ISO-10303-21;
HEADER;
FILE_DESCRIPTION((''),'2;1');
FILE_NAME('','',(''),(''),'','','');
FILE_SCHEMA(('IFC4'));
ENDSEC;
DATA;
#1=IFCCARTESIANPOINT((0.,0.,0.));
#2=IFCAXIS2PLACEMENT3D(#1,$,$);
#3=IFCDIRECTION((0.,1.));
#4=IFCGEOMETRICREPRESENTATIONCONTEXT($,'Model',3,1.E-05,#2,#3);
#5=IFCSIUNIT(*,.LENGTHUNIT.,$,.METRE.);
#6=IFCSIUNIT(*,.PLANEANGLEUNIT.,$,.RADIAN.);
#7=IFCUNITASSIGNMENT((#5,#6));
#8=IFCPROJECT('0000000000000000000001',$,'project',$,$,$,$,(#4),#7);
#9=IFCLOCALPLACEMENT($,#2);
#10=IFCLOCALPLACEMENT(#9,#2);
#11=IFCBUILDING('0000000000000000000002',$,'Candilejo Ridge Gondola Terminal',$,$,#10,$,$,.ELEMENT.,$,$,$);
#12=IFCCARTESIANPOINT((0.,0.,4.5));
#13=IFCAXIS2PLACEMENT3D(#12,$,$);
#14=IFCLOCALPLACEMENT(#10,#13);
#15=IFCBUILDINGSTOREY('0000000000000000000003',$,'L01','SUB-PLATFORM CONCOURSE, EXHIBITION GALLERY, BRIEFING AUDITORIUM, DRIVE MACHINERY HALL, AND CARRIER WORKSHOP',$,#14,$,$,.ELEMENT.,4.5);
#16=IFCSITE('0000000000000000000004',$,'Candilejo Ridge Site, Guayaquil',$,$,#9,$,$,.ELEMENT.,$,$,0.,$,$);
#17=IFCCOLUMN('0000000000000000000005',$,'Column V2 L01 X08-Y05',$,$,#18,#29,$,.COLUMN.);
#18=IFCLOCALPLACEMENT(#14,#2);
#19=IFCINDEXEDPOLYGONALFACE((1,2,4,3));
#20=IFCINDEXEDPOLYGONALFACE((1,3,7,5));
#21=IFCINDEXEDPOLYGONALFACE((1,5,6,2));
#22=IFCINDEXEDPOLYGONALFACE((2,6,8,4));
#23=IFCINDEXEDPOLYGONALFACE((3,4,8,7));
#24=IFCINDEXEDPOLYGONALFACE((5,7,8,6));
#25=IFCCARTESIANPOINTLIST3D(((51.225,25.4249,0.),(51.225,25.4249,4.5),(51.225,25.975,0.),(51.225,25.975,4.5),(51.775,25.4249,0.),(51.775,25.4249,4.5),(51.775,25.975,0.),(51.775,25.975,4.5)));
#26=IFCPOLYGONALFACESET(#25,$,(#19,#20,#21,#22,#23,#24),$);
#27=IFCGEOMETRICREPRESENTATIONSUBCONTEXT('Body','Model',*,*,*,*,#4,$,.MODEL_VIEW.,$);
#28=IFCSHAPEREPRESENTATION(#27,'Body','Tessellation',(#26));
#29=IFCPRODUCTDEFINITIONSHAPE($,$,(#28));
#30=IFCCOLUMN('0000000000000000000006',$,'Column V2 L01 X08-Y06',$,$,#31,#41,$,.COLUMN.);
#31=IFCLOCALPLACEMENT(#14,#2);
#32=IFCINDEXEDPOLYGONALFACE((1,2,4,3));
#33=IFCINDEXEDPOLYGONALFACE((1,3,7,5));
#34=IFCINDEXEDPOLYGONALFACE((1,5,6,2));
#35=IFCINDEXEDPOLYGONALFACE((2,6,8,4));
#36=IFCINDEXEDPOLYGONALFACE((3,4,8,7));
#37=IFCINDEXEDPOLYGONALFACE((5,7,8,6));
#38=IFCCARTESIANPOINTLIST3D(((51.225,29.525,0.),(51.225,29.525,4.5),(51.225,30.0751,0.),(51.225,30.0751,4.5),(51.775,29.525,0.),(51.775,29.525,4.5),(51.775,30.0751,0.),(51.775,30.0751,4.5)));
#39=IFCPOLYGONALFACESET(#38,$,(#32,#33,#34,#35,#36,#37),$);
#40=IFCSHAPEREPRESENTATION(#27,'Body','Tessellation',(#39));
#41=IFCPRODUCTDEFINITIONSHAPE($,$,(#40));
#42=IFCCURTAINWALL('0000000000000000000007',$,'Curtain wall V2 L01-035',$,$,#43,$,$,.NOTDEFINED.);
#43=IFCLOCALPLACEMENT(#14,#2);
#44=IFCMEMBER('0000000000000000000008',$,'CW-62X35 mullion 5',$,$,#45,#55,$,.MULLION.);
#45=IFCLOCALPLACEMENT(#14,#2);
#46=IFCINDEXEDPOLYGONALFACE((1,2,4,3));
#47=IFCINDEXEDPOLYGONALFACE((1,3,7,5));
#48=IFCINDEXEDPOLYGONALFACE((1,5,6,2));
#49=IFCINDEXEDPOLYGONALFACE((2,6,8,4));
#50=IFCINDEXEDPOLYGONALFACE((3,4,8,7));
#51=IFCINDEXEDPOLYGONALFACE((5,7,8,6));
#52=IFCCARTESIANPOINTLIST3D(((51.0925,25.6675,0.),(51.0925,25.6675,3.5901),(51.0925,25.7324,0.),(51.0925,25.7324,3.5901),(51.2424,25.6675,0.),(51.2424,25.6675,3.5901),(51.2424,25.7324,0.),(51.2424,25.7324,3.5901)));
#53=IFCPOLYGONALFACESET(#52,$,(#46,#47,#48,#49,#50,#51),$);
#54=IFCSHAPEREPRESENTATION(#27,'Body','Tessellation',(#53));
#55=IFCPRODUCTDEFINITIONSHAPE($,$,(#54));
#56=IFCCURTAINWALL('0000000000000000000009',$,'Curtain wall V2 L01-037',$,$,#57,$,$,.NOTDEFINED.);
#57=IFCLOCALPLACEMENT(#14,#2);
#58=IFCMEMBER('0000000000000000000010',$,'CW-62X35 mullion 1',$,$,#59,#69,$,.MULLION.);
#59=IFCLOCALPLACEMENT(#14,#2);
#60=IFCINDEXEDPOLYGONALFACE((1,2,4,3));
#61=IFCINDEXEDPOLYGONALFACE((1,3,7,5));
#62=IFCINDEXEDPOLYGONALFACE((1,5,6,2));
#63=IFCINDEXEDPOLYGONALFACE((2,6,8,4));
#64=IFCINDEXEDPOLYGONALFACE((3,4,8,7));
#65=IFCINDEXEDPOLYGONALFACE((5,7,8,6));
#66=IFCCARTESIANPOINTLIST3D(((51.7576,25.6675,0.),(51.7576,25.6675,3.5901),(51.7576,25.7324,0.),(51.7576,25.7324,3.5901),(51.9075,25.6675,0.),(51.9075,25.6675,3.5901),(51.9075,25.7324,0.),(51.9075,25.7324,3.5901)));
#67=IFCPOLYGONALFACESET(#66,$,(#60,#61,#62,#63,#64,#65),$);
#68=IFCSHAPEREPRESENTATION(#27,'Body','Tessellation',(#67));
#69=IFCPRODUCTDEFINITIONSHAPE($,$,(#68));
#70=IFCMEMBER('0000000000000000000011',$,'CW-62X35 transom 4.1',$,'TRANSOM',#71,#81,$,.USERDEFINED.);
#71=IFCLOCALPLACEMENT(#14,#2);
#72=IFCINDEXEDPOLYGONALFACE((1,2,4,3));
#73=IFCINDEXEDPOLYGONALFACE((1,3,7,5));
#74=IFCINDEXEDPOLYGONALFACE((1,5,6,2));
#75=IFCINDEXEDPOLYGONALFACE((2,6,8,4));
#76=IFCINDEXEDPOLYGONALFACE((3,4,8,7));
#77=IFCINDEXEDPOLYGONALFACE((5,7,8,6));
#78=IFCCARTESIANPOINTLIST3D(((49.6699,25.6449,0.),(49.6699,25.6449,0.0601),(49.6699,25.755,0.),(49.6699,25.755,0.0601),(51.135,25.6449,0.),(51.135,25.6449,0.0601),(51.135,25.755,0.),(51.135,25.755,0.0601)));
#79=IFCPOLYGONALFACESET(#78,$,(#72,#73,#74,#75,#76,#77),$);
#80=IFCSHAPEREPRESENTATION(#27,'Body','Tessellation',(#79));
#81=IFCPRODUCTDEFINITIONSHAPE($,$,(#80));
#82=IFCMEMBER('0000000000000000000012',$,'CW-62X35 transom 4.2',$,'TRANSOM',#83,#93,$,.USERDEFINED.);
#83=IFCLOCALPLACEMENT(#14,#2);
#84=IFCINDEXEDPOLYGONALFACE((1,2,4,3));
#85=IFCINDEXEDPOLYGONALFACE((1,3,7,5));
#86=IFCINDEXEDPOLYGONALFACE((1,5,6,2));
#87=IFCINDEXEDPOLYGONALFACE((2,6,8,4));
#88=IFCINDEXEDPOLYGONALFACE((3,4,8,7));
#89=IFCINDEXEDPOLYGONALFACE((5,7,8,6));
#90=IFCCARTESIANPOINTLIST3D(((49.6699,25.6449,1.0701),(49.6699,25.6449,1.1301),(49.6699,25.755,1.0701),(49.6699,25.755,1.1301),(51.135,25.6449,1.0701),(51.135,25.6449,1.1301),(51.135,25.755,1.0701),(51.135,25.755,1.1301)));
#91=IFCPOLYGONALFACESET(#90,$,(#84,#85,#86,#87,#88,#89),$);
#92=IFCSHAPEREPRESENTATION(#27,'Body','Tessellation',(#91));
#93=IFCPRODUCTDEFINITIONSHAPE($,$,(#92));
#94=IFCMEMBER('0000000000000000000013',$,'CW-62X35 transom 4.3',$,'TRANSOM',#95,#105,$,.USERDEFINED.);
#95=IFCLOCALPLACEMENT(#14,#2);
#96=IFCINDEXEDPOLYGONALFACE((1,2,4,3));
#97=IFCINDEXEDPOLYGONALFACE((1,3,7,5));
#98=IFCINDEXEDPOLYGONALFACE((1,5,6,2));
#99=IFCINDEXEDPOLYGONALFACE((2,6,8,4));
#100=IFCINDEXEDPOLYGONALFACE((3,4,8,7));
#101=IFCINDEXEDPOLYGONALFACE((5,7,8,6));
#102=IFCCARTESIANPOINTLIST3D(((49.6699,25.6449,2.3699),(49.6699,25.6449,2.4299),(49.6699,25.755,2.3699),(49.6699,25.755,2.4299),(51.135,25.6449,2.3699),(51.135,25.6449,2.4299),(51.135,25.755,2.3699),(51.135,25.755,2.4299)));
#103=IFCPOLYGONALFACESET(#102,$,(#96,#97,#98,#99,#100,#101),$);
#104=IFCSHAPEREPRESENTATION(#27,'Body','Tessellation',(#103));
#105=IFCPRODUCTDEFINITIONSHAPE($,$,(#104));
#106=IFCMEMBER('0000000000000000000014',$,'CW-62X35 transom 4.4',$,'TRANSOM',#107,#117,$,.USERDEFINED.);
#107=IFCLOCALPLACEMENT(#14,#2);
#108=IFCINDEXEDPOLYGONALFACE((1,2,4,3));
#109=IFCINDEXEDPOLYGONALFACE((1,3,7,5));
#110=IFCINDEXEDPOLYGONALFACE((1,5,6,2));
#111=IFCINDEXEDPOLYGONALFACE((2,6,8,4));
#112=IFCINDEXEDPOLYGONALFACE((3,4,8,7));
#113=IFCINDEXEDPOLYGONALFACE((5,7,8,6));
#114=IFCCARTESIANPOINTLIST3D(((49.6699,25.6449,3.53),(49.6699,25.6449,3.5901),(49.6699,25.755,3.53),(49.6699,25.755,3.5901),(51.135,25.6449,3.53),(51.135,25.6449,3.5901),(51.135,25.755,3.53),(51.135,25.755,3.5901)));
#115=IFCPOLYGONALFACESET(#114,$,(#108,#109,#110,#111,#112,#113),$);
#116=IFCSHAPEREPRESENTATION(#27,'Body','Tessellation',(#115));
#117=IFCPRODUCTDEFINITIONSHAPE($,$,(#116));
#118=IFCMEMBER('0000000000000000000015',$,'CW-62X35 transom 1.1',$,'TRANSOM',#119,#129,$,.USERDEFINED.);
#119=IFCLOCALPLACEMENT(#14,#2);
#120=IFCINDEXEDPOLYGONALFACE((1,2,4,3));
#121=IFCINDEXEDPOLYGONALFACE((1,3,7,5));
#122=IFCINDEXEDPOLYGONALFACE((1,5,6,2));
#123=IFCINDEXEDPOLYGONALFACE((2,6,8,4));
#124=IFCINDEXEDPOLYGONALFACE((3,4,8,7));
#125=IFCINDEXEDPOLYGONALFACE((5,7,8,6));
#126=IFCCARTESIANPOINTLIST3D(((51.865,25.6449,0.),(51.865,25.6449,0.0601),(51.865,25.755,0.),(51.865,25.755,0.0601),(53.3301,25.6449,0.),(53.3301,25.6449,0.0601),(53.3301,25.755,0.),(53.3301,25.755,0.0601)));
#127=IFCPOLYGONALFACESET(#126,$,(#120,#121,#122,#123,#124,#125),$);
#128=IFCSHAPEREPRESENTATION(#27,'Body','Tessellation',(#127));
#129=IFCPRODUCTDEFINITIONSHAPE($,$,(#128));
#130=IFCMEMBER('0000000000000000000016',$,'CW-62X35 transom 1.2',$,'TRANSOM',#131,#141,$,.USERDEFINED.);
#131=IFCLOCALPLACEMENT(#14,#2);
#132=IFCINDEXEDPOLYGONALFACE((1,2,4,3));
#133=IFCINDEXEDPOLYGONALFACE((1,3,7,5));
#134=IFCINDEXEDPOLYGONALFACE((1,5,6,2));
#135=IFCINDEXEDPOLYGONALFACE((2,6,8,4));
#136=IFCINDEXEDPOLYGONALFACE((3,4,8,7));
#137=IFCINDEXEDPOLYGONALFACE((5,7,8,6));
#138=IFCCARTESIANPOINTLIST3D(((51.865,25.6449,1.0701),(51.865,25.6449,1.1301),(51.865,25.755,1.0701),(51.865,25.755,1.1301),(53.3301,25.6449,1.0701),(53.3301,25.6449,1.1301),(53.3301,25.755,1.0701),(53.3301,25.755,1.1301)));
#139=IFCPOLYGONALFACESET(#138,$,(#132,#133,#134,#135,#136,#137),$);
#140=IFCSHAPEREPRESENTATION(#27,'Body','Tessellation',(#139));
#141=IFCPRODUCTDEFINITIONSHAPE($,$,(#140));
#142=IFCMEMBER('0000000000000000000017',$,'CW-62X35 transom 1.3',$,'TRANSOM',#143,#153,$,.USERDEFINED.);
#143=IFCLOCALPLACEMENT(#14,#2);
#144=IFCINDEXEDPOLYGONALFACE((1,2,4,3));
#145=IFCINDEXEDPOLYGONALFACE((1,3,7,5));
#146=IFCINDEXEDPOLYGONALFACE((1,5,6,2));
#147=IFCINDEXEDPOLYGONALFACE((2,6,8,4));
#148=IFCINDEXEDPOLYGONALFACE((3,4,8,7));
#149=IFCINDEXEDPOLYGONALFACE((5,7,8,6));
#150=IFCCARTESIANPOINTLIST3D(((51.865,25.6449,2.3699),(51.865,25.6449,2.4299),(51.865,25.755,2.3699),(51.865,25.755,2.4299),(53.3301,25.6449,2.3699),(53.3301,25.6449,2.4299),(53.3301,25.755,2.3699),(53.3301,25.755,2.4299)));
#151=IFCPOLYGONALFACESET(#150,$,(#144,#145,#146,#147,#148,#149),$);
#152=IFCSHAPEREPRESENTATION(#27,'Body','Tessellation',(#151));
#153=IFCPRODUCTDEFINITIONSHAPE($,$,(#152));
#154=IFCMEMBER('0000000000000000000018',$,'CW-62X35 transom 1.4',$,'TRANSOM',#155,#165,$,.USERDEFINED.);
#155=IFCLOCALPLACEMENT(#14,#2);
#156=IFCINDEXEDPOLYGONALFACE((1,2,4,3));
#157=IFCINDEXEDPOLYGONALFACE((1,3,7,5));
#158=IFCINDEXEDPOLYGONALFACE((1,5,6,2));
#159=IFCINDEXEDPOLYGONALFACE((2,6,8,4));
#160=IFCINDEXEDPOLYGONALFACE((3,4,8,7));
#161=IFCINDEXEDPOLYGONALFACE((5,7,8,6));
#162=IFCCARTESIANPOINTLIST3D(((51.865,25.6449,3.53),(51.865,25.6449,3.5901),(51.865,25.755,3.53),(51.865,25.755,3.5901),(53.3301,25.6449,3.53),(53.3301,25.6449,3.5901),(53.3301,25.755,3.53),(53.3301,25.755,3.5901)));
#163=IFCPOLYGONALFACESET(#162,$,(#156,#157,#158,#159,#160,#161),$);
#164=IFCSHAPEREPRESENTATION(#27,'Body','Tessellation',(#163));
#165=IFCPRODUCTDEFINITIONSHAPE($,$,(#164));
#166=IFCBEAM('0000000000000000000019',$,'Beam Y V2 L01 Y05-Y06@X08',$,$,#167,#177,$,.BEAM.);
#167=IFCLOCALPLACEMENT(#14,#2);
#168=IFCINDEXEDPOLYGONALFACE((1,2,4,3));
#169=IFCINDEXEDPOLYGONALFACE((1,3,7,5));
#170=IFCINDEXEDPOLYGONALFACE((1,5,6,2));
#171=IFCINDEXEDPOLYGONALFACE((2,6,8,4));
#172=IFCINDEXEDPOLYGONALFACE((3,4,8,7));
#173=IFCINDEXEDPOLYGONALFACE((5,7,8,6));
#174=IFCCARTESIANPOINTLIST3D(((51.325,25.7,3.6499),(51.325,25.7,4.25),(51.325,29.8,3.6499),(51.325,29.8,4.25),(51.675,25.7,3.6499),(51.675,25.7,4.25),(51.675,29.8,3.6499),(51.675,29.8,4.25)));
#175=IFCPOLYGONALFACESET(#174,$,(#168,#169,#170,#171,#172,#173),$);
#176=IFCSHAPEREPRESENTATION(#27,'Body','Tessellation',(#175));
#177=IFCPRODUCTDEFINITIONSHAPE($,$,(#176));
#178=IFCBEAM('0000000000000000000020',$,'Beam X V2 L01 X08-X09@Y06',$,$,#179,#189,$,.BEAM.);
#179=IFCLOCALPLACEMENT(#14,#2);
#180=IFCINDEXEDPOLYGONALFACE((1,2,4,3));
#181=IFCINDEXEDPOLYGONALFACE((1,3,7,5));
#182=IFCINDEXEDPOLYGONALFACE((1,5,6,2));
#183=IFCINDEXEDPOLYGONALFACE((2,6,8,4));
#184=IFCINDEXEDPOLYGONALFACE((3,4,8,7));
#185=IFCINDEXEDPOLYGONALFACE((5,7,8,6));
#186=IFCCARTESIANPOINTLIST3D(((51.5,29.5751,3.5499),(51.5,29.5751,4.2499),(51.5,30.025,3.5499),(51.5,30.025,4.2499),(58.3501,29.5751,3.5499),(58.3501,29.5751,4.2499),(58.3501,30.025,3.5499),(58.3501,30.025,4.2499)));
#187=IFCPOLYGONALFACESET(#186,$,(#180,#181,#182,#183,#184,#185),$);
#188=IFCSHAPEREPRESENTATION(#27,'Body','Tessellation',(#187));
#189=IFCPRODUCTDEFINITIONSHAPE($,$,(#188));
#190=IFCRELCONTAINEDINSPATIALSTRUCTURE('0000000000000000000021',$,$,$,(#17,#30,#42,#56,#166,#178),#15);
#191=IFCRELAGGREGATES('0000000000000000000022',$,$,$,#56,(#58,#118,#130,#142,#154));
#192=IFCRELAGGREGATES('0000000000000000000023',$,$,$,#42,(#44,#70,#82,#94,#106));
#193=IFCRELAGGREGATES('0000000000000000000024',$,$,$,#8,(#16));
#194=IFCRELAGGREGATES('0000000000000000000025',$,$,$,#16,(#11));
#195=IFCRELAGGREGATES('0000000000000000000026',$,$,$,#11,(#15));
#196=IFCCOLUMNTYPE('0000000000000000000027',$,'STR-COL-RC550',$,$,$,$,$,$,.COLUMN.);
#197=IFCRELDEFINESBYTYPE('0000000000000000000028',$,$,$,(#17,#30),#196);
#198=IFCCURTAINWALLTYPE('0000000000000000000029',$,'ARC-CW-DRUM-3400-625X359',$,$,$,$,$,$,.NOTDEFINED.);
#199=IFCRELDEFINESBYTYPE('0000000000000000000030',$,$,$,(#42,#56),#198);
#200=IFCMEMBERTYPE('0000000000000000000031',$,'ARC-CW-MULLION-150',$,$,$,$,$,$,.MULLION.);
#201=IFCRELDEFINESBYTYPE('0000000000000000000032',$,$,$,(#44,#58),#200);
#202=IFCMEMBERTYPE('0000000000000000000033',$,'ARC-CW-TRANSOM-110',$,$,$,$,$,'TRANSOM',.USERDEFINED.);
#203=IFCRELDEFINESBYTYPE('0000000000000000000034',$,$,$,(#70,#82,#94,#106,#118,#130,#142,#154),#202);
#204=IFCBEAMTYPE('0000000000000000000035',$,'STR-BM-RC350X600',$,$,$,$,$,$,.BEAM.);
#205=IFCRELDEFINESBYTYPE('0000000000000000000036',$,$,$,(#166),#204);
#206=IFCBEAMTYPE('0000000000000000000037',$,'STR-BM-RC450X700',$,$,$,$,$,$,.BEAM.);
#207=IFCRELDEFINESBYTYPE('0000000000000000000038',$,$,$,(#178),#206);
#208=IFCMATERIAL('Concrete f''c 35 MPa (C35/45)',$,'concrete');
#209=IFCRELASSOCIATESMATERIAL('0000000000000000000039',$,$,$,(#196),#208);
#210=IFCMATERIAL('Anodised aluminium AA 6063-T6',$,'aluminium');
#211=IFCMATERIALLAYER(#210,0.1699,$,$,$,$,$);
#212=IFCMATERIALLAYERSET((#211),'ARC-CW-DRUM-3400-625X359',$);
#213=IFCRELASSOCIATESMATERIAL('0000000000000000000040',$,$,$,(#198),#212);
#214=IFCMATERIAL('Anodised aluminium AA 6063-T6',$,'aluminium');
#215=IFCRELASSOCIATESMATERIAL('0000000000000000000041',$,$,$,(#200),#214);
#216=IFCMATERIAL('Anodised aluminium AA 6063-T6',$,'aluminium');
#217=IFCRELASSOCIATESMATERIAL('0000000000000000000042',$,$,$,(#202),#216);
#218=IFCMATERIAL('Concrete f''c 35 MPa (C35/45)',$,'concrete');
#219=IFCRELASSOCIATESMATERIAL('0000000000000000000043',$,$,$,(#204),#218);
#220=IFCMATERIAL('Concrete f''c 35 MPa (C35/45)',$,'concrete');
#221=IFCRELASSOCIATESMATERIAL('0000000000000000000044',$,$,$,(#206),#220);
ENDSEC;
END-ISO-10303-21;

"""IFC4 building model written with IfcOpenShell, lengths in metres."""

from ifc_helpers import new_model, si_unit, direction, frame, origin, origin_2d, place, context, subcontext, project, spatial, rectangle, extrude, material, layer, layer_set, material_profile, profile_set, type_object, element, aggregate, save


model = new_model("IFC4")

# Units and contexts
model_context = context("Model", 3, precision=1e-05, world=origin(), true_north=direction((0.0, 1.0)))
body_context = subcontext(model_context, "Body", "Model", "MODEL_VIEW")
ifc_project = project(units=[si_unit("LENGTHUNIT", "METRE"), si_unit("PLANEANGLEUNIT", "RADIAN")], contexts=[model_context])

# Site, building, storey
site_placement = place(None, origin())
site = spatial("IfcSite", under=ifc_project, at=site_placement, Name="Candilejo Ridge Site, Guayaquil", CompositionType="ELEMENT", RefElevation=0.0)
building_placement = place(site_placement, origin())
building = spatial("IfcBuilding", under=site, at=building_placement, Name="Candilejo Ridge Gondola Terminal", CompositionType="ELEMENT")
storey_placement = place(building_placement, frame((0.0, 0.0, 4.5)))
storey = spatial("IfcBuildingStorey", under=building, at=storey_placement, Name="L01", Description="SUB-PLATFORM CONCOURSE, EXHIBITION GALLERY, BRIEFING AUDITORIUM, DRIVE MACHINERY HALL, AND CARRIER WORKSHOP", CompositionType="ELEMENT", Elevation=4.5)

# Columns
ifc_material_1 = material(Name="Concrete f'c 35 MPa (C35/45)", Category="concrete")
ifc_material_profile_1 = material_profile(ifc_material_1, rectangle(XDim=0.55, YDim=0.55, at=origin_2d()))
ifc_profile_set_1 = profile_set([ifc_material_profile_1], Name="Concrete f'c 35 MPa (C35/45)")
column_type = type_object("IfcColumnType", Name="STR-COL-RC550", PredefinedType="COLUMN", material=ifc_profile_set_1)
for number, where, z_axis, x_axis, name in (
    (1, (51.5, 25.7, 0.0), (0.0, 0.0, 1.0), (1.0, 0.0, 0.0), "Column V2 L01 X08-Y05"),
    (2, (51.5, 29.8, 0.0), (0.0, 0.0, 1.0), (1.0, 0.0, 0.0), "Column V2 L01 X08-Y06"),
):
    element("IfcColumn", number, at=place(storey_placement, frame(where, z_axis=z_axis, x_axis=x_axis)), inside=storey, type_object=column_type, Name=name, PredefinedType="COLUMN", context=body_context, shape_type="SweptSolid", body=[
        extrude(rectangle(XDim=0.55, YDim=0.55, at=origin_2d()), origin(), (0.0, 0.0, 1.0), 4.5),
    ])

# Curtain walls, members
ifc_material_2 = material(Name="Anodised aluminium AA 6063-T6", Category="aluminium")
ifc_layer_1 = layer(ifc_material_2, 0.1699)
ifc_layer_set_1 = layer_set([ifc_layer_1], Name="ARC-CW-DRUM-3400-625X359")
curtain_wall_type = type_object("IfcCurtainWallType", Name="ARC-CW-DRUM-3400-625X359", PredefinedType="NOTDEFINED", material=ifc_layer_set_1)
curtain_wall_1_placement = place(storey_placement, origin())
curtain_wall_1 = element("IfcCurtainWall", 3, at=curtain_wall_1_placement, inside=storey, type_object=curtain_wall_type, Name="Curtain wall V2 L01-035", PredefinedType="NOTDEFINED")
ifc_material_3 = material(Name="Anodised aluminium AA 6063-T6", Category="aluminium")
ifc_material_profile_2 = material_profile(ifc_material_3, rectangle(XDim=0.0649, YDim=0.1499, at=origin_2d()))
ifc_profile_set_2 = profile_set([ifc_material_profile_2], Name="Anodised aluminium AA 6063-T6")
member_type_1 = type_object("IfcMemberType", Name="ARC-CW-MULLION-150", PredefinedType="MULLION", material=ifc_profile_set_2)
member_1_placement = place(storey_placement, frame((51.1675, 25.7, 0.0), z_axis=(0.0, 0.0, 1.0), x_axis=(0.0, 1.0, 0.0)))
member_1 = element("IfcMember", 4, at=member_1_placement, type_object=member_type_1, Name="CW-62X35 mullion 5", PredefinedType="MULLION", context=body_context, shape_type="SweptSolid", body=[
    extrude(rectangle(XDim=0.0649, YDim=0.1499, at=origin_2d()), origin(), (0.0, 0.0, 1.0), 3.5901),
])
curtain_wall_2_placement = place(storey_placement, origin())
curtain_wall_2 = element("IfcCurtainWall", 5, at=curtain_wall_2_placement, inside=storey, type_object=curtain_wall_type, Name="Curtain wall V2 L01-037", PredefinedType="NOTDEFINED")
member_2_placement = place(storey_placement, frame((51.8325, 25.7, 0.0), z_axis=(0.0, 0.0, 1.0), x_axis=(0.0, 1.0, 0.0)))
member_2 = element("IfcMember", 6, at=member_2_placement, type_object=member_type_1, Name="CW-62X35 mullion 1", PredefinedType="MULLION", context=body_context, shape_type="SweptSolid", body=[
    extrude(rectangle(XDim=0.0649, YDim=0.1499, at=origin_2d()), origin(), (0.0, 0.0, 1.0), 3.5901),
])

# Members
ifc_material_4 = material(Name="Anodised aluminium AA 6063-T6", Category="aluminium")
ifc_material_profile_3 = material_profile(ifc_material_4, rectangle(XDim=0.1101, YDim=0.0601, at=origin_2d()))
ifc_profile_set_3 = profile_set([ifc_material_profile_3], Name="Anodised aluminium AA 6063-T6")
member_type_2 = type_object("IfcMemberType", Name="ARC-CW-TRANSOM-110", ElementType="TRANSOM", PredefinedType="USERDEFINED", material=ifc_profile_set_3)
member_3_placement = place(storey_placement, frame((49.6699, 25.7, 0.03), z_axis=(1.0, 0.0, 0.0), x_axis=(0.0, 1.0, 0.0)))
member_3 = element("IfcMember", 7, at=member_3_placement, type_object=member_type_2, Name="CW-62X35 transom 4.1", ObjectType="TRANSOM", PredefinedType="USERDEFINED", context=body_context, shape_type="SweptSolid", body=[
    extrude(rectangle(XDim=0.1101, YDim=0.0601, at=origin_2d()), origin(), (0.0, 0.0, 1.0), 1.4651),
])
member_4_placement = place(storey_placement, frame((49.6699, 25.7, 1.1001), z_axis=(1.0, 0.0, 0.0), x_axis=(0.0, 1.0, 0.0)))
member_4 = element("IfcMember", 8, at=member_4_placement, type_object=member_type_2, Name="CW-62X35 transom 4.2", ObjectType="TRANSOM", PredefinedType="USERDEFINED", context=body_context, shape_type="SweptSolid", body=[
    extrude(rectangle(XDim=0.1101, YDim=0.0601, at=origin_2d()), origin(), (0.0, 0.0, 1.0), 1.4651),
])
member_5_placement = place(storey_placement, frame((49.6699, 25.7, 2.3999), z_axis=(1.0, 0.0, 0.0), x_axis=(0.0, 1.0, 0.0)))
member_5 = element("IfcMember", 9, at=member_5_placement, type_object=member_type_2, Name="CW-62X35 transom 4.3", ObjectType="TRANSOM", PredefinedType="USERDEFINED", context=body_context, shape_type="SweptSolid", body=[
    extrude(rectangle(XDim=0.1101, YDim=0.0601, at=origin_2d()), origin(), (0.0, 0.0, 1.0), 1.4651),
])
member_6_placement = place(storey_placement, frame((49.6699, 25.7, 3.5601), z_axis=(1.0, 0.0, 0.0), x_axis=(0.0, 1.0, 0.0)))
member_6 = element("IfcMember", 10, at=member_6_placement, type_object=member_type_2, Name="CW-62X35 transom 4.4", ObjectType="TRANSOM", PredefinedType="USERDEFINED", context=body_context, shape_type="SweptSolid", body=[
    extrude(rectangle(XDim=0.1101, YDim=0.0601, at=origin_2d()), origin(), (0.0, 0.0, 1.0), 1.4651),
])
member_7_placement = place(storey_placement, frame((51.865, 25.7, 0.03), z_axis=(1.0, 0.0, 0.0), x_axis=(0.0, 1.0, 0.0)))
member_7 = element("IfcMember", 11, at=member_7_placement, type_object=member_type_2, Name="CW-62X35 transom 1.1", ObjectType="TRANSOM", PredefinedType="USERDEFINED", context=body_context, shape_type="SweptSolid", body=[
    extrude(rectangle(XDim=0.1101, YDim=0.0601, at=origin_2d()), origin(), (0.0, 0.0, 1.0), 1.4651),
])
member_8_placement = place(storey_placement, frame((51.865, 25.7, 1.1001), z_axis=(1.0, 0.0, 0.0), x_axis=(0.0, 1.0, 0.0)))
member_8 = element("IfcMember", 12, at=member_8_placement, type_object=member_type_2, Name="CW-62X35 transom 1.2", ObjectType="TRANSOM", PredefinedType="USERDEFINED", context=body_context, shape_type="SweptSolid", body=[
    extrude(rectangle(XDim=0.1101, YDim=0.0601, at=origin_2d()), origin(), (0.0, 0.0, 1.0), 1.4651),
])
member_9_placement = place(storey_placement, frame((51.865, 25.7, 2.3999), z_axis=(1.0, 0.0, 0.0), x_axis=(0.0, 1.0, 0.0)))
member_9 = element("IfcMember", 13, at=member_9_placement, type_object=member_type_2, Name="CW-62X35 transom 1.3", ObjectType="TRANSOM", PredefinedType="USERDEFINED", context=body_context, shape_type="SweptSolid", body=[
    extrude(rectangle(XDim=0.1101, YDim=0.0601, at=origin_2d()), origin(), (0.0, 0.0, 1.0), 1.4651),
])
member_10_placement = place(storey_placement, frame((51.865, 25.7, 3.5601), z_axis=(1.0, 0.0, 0.0), x_axis=(0.0, 1.0, 0.0)))
member_10 = element("IfcMember", 14, at=member_10_placement, type_object=member_type_2, Name="CW-62X35 transom 1.4", ObjectType="TRANSOM", PredefinedType="USERDEFINED", context=body_context, shape_type="SweptSolid", body=[
    extrude(rectangle(XDim=0.1101, YDim=0.0601, at=origin_2d()), origin(), (0.0, 0.0, 1.0), 1.4651),
])
aggregate(curtain_wall_2, [member_2, member_7, member_8, member_9, member_10])

# Beams
ifc_material_5 = material(Name="Concrete f'c 35 MPa (C35/45)", Category="concrete")
ifc_material_profile_4 = material_profile(ifc_material_5, rectangle(XDim=0.3501, YDim=0.6001, at=origin_2d()))
ifc_profile_set_4 = profile_set([ifc_material_profile_4], Name="Concrete f'c 35 MPa (C35/45)")
beam_type_1 = type_object("IfcBeamType", Name="STR-BM-RC350X600", PredefinedType="BEAM", material=ifc_profile_set_4)
beam_1_placement = place(storey_placement, frame((51.5, 25.7, 3.95), z_axis=(0.0, 1.0, 0.0), x_axis=(-1.0, 0.0, 0.0)))
element("IfcBeam", 15, at=beam_1_placement, inside=storey, type_object=beam_type_1, Name="Beam Y V2 L01 Y05-Y06@X08", PredefinedType="BEAM", context=body_context, shape_type="SweptSolid", body=[
    extrude(rectangle(XDim=0.3501, YDim=0.6001, at=origin_2d()), origin(), (0.0, 0.0, 1.0), 4.1001),
])
ifc_material_6 = material(Name="Concrete f'c 35 MPa (C35/45)", Category="concrete")
ifc_material_profile_5 = material_profile(ifc_material_6, rectangle(XDim=0.45, YDim=0.7, at=origin_2d()))
ifc_profile_set_5 = profile_set([ifc_material_profile_5], Name="Concrete f'c 35 MPa (C35/45)")
beam_type_2 = type_object("IfcBeamType", Name="STR-BM-RC450X700", PredefinedType="BEAM", material=ifc_profile_set_5)
beam_2_placement = place(storey_placement, frame((51.5, 29.8, 3.8999), z_axis=(1.0, 0.0, 0.0), x_axis=(0.0, 1.0, 0.0)))
element("IfcBeam", 16, at=beam_2_placement, inside=storey, type_object=beam_type_2, Name="Beam X V2 L01 X08-X09@Y06", PredefinedType="BEAM", context=body_context, shape_type="SweptSolid", body=[
    extrude(rectangle(XDim=0.45, YDim=0.7, at=origin_2d()), origin(), (0.0, 0.0, 1.0), 6.8501),
])

aggregate(curtain_wall_1, [member_1, member_3, member_4, member_5, member_6])

save(model, "model.ifc")
